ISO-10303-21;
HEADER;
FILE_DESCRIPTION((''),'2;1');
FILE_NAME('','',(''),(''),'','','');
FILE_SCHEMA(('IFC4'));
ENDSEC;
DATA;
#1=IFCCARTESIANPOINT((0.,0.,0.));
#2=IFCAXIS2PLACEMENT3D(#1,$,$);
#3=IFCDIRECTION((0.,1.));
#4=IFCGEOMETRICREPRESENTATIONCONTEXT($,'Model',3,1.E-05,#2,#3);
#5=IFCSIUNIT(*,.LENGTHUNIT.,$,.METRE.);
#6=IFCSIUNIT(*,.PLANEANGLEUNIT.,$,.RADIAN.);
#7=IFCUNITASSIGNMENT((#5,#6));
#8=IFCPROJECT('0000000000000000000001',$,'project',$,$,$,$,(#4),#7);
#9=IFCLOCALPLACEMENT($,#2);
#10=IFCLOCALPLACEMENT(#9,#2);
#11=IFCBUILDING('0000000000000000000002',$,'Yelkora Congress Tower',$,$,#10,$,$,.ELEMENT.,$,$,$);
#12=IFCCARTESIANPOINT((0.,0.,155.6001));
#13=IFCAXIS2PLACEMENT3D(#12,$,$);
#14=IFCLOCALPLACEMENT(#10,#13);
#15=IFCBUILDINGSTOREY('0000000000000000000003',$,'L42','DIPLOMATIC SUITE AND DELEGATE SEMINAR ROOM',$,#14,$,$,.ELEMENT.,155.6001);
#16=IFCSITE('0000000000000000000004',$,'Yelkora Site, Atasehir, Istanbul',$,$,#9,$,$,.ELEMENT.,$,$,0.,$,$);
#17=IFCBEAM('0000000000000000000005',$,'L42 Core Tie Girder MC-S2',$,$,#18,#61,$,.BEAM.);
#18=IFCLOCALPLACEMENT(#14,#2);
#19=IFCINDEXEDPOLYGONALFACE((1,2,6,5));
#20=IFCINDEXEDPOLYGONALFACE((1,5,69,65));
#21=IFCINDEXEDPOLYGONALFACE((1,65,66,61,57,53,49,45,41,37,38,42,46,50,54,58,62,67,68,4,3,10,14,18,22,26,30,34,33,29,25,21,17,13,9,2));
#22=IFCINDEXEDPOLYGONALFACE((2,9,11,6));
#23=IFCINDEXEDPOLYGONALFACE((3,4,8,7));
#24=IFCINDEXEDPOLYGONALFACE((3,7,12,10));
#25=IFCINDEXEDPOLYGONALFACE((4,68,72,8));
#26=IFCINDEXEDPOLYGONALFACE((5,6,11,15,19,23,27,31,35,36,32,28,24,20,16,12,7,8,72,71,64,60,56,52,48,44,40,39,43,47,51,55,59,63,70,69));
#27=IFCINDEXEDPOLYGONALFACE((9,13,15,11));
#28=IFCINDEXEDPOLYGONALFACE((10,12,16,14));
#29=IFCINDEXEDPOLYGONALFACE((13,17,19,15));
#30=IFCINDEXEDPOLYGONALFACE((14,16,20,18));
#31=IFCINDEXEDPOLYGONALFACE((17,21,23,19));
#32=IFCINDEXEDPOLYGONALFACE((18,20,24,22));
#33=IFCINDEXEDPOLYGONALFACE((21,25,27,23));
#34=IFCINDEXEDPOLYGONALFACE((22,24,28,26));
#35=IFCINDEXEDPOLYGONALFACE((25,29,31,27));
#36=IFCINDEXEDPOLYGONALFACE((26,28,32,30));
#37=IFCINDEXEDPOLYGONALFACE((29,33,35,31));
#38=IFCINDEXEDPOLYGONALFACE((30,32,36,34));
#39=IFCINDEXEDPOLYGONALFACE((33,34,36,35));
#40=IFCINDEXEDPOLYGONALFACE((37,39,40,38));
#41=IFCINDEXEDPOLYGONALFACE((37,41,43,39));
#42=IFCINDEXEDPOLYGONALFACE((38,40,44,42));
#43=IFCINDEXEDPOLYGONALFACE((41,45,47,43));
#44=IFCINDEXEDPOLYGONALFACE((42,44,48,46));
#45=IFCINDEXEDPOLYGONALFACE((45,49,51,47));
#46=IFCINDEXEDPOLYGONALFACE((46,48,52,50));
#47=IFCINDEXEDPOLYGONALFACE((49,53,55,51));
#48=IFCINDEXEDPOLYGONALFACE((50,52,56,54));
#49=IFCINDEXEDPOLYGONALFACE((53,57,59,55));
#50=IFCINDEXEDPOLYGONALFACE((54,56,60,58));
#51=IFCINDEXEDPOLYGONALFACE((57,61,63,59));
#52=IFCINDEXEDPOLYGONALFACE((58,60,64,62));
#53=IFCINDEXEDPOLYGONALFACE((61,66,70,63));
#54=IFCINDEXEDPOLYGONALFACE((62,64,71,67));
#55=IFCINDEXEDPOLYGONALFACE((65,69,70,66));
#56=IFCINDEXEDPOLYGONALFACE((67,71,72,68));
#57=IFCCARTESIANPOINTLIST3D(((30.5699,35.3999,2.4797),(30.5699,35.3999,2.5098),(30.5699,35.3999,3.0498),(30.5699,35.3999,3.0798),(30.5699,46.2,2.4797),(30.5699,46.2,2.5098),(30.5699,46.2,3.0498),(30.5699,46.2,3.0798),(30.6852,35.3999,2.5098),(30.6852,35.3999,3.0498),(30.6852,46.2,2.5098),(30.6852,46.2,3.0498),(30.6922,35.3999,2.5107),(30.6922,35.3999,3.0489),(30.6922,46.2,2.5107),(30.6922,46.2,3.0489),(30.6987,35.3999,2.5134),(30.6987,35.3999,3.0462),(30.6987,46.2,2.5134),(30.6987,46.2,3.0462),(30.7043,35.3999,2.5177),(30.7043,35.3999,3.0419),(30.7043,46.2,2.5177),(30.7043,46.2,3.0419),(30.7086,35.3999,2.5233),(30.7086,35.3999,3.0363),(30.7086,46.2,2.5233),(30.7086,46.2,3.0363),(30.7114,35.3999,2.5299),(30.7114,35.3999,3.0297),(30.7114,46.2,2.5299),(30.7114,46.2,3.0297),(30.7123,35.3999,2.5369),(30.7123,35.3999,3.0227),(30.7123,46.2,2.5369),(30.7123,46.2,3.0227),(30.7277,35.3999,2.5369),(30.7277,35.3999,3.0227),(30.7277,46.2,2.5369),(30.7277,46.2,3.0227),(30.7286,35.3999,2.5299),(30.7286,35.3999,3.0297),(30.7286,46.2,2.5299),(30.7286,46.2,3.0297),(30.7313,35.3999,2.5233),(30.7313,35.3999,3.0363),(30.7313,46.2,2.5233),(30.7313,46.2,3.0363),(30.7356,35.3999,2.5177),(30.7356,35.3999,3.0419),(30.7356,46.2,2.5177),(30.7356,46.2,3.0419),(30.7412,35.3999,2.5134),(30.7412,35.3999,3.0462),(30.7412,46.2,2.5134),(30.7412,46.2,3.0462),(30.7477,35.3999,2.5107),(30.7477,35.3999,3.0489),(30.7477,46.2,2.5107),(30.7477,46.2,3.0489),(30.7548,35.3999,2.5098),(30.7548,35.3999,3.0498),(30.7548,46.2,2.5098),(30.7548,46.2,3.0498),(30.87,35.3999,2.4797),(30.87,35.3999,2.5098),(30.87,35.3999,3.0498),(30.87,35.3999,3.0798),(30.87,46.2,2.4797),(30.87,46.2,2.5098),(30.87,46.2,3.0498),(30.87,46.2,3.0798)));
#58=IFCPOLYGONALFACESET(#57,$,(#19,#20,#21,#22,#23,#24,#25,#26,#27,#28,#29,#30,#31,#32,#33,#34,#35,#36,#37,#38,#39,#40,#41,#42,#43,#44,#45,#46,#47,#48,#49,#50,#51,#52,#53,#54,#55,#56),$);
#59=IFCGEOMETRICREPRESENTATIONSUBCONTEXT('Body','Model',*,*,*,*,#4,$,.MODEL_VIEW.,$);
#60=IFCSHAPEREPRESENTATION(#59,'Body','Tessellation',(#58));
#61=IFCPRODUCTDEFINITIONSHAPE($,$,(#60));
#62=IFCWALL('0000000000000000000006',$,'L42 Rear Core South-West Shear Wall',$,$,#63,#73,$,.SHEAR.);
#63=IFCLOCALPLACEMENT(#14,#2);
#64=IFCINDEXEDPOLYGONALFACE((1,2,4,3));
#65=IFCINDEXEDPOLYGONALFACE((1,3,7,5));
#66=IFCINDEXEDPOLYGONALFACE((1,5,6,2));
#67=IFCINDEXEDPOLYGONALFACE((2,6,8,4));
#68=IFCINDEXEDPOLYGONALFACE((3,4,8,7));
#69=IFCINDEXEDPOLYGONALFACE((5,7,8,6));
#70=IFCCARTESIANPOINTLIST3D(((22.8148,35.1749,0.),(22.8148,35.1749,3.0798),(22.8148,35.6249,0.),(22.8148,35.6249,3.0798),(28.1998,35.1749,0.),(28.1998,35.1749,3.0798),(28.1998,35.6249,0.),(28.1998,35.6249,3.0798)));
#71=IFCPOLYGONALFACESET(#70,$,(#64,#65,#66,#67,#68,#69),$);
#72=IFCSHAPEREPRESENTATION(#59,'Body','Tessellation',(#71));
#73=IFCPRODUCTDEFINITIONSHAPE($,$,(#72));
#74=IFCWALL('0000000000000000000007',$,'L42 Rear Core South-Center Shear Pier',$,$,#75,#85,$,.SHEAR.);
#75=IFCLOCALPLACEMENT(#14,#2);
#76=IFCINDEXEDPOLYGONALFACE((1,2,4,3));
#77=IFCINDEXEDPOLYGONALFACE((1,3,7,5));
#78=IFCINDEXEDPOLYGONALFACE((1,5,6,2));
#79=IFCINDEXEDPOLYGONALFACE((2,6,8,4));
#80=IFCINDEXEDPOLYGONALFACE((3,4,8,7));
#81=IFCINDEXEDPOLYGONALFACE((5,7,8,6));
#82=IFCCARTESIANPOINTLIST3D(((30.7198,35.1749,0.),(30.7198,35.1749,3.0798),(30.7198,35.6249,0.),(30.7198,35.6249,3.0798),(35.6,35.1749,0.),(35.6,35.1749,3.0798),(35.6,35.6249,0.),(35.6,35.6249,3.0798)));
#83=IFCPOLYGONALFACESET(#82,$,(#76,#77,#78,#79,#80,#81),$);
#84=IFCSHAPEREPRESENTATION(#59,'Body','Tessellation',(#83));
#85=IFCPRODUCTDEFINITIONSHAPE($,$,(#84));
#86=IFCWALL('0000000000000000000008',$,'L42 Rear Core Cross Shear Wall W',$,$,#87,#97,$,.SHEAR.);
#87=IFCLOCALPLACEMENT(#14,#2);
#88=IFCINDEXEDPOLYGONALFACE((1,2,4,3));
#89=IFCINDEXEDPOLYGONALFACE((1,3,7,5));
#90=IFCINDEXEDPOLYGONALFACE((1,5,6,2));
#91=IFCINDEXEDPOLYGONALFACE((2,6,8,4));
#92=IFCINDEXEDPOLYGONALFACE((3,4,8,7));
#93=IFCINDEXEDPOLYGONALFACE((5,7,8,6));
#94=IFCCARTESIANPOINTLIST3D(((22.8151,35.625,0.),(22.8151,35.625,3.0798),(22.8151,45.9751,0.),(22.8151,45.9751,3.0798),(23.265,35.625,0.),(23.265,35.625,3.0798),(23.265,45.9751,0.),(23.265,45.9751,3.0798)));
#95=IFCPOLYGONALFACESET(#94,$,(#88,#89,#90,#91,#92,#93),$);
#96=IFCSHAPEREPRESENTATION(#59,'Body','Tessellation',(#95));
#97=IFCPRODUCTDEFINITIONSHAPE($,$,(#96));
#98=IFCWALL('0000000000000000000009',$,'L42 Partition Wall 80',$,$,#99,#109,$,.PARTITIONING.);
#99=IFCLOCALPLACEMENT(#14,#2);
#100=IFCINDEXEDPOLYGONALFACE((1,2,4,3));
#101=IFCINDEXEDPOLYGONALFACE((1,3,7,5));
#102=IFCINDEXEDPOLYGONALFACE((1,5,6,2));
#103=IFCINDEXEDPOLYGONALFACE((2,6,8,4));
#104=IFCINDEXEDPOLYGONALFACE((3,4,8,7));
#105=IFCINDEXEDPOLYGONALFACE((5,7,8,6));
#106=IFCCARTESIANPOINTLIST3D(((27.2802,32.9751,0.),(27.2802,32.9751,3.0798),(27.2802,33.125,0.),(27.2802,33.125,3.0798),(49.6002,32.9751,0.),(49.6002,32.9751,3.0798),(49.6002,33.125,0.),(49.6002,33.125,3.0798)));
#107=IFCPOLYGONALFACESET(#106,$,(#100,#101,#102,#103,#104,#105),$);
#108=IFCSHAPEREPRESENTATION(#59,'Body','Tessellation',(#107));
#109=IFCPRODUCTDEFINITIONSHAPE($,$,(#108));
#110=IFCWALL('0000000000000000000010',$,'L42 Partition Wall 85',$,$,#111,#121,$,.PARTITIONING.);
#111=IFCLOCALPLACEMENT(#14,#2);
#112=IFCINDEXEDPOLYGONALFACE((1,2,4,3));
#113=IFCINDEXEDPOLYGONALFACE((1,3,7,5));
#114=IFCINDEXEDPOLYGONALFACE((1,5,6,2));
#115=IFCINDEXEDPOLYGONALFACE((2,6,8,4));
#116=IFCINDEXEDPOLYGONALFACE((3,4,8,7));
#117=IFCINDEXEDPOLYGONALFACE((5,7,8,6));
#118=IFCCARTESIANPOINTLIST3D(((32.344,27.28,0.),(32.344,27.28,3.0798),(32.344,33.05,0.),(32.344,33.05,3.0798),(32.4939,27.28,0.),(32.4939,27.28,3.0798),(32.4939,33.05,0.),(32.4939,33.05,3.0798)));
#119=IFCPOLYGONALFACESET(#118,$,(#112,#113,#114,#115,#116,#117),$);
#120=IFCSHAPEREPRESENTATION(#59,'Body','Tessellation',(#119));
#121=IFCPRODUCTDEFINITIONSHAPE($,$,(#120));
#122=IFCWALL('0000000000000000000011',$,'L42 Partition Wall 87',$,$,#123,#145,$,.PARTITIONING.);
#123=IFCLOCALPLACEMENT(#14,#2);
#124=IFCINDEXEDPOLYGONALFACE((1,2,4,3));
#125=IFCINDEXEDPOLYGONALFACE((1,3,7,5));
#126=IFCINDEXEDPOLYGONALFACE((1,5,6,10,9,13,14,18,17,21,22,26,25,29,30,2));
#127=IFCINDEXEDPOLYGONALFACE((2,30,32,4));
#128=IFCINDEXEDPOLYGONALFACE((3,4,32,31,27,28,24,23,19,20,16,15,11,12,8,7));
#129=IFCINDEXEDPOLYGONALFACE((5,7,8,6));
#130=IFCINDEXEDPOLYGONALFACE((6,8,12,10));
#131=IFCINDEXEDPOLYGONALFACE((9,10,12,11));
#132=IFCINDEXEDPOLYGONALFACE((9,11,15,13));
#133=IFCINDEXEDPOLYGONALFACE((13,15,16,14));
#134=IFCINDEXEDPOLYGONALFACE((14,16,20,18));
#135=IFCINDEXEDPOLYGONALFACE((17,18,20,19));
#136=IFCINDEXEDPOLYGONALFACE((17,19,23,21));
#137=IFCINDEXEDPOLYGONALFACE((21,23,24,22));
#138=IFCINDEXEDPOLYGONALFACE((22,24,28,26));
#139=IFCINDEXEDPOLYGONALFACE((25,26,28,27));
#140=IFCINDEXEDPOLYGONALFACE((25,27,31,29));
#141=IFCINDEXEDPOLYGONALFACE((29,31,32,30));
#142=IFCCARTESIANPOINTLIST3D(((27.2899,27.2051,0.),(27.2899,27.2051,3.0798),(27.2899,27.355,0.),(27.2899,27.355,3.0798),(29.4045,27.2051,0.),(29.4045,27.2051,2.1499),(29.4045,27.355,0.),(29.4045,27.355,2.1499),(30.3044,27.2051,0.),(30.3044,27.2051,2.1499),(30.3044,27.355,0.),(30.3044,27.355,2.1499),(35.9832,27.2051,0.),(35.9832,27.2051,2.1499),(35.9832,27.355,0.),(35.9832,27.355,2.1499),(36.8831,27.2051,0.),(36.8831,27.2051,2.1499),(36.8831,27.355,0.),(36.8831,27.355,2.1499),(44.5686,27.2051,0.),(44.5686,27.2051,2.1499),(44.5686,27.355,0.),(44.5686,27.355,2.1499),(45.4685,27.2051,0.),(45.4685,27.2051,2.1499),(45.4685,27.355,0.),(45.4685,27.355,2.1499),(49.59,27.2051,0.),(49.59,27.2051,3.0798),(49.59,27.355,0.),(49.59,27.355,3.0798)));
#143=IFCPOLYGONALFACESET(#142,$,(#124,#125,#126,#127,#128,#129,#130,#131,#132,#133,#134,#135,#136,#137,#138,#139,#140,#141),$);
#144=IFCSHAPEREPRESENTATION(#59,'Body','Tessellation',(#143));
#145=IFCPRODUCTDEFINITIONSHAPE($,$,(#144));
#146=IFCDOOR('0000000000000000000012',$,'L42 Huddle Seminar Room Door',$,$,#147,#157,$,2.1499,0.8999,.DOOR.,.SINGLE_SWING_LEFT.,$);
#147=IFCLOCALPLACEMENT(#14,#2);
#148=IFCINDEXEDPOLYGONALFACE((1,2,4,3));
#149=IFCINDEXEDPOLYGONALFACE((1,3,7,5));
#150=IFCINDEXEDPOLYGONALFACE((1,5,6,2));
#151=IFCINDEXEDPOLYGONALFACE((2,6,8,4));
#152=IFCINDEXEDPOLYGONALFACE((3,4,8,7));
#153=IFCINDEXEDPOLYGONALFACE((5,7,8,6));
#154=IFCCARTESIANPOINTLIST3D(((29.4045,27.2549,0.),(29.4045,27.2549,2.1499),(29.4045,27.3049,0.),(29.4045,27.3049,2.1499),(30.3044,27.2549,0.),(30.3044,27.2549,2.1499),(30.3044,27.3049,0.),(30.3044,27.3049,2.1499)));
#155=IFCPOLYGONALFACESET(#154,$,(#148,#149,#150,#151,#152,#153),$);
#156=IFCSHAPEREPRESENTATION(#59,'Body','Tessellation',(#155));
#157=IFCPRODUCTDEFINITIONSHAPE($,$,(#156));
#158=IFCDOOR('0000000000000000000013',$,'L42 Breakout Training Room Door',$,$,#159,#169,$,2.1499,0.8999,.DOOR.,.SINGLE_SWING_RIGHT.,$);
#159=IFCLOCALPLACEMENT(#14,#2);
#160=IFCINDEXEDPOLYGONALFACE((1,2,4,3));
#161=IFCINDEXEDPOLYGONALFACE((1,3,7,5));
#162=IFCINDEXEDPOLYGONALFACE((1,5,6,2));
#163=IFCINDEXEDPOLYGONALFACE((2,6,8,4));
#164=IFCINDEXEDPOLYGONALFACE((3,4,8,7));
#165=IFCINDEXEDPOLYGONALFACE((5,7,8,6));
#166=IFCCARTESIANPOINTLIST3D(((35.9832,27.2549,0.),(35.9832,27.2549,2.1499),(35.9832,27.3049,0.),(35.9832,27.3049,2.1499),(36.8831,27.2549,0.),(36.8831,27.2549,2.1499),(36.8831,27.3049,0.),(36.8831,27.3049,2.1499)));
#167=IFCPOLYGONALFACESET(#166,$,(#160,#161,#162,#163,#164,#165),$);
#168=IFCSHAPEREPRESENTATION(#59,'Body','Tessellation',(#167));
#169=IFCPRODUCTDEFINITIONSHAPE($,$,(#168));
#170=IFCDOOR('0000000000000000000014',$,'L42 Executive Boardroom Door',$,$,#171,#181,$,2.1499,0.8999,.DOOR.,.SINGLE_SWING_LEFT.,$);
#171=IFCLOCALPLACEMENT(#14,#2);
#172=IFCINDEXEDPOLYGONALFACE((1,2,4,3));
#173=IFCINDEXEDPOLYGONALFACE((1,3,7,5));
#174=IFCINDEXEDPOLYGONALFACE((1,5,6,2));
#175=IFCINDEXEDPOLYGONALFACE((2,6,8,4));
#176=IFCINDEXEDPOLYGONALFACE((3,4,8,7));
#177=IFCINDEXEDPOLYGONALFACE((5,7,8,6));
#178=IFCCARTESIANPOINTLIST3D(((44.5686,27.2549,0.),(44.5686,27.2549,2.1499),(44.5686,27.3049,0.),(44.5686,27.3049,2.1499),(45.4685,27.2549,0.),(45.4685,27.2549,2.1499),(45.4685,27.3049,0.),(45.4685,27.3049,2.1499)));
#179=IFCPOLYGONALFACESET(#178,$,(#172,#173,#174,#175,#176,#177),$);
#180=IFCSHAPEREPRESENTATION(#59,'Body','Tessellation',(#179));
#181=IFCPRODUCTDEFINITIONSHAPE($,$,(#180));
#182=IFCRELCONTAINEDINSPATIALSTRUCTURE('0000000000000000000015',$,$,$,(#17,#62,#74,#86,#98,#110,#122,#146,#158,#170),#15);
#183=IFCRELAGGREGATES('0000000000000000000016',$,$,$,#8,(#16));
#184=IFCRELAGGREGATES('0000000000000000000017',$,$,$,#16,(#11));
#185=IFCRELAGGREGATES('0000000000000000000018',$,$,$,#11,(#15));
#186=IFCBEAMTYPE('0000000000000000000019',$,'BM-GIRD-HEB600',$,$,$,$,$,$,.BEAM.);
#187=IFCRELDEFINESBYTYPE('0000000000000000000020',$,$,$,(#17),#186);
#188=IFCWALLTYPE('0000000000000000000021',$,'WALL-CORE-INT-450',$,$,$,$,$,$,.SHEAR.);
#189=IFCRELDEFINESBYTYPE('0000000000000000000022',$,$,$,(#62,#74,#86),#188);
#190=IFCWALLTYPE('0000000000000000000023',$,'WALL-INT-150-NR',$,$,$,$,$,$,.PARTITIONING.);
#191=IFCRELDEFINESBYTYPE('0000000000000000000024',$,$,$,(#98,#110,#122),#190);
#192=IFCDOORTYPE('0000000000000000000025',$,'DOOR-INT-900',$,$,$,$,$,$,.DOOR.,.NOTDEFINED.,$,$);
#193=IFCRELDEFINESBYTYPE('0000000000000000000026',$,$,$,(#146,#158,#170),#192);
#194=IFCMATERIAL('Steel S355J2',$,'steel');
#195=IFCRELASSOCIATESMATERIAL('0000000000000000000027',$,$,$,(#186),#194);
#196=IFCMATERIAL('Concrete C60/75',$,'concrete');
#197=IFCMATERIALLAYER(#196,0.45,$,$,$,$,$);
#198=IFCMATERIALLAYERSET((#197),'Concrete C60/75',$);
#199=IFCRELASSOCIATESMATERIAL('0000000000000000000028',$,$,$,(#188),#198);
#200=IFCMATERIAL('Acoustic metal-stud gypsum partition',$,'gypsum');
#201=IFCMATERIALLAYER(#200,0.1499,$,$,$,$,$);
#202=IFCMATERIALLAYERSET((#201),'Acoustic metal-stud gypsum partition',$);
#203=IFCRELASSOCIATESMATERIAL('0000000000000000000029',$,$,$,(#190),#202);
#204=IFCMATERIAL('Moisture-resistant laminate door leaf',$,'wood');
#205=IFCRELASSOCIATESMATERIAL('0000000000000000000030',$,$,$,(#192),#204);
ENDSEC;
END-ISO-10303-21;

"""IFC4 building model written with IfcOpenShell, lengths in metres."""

from ifc_helpers import new_model, si_unit, direction, frame, frame_2d, origin, origin_2d, place, context, subcontext, project, spatial, rectangle, i_section, extrude, material, layer, layer_set, material_profile, profile_set, type_object, element, fill, save


model = new_model("IFC4")

# Units and contexts
model_context = context("Model", 3, precision=1e-05, world=origin(), true_north=direction((0.0, 1.0)))
body_context = subcontext(model_context, "Body", "Model", "MODEL_VIEW")
ifc_project = project(units=[si_unit("LENGTHUNIT", "METRE"), si_unit("PLANEANGLEUNIT", "RADIAN")], contexts=[model_context])

# Site, building, storey
site_placement = place(None, origin())
site = spatial("IfcSite", under=ifc_project, at=site_placement, Name="Yelkora Site, Atasehir, Istanbul", CompositionType="ELEMENT", RefElevation=0.0)
building_placement = place(site_placement, origin())
building = spatial("IfcBuilding", under=site, at=building_placement, Name="Yelkora Congress Tower", CompositionType="ELEMENT")
storey_placement = place(building_placement, frame((0.0, 0.0, 155.6001)))
storey = spatial("IfcBuildingStorey", under=building, at=storey_placement, Name="L42", Description="DIPLOMATIC SUITE AND DELEGATE SEMINAR ROOM", CompositionType="ELEMENT", Elevation=155.6001)

# Beam
ifc_material_1 = material(Name="Steel S355J2", Category="steel")
ifc_material_profile_1 = material_profile(ifc_material_1, i_section(OverallWidth=0.3, OverallDepth=0.6001, WebThickness=0.0154, FlangeThickness=0.03, FilletRadius=0.0271, at=origin_2d()), Name="HEB 600")
ifc_profile_set_1 = profile_set([ifc_material_profile_1], Name="Steel S355J2")
beam_type = type_object("IfcBeamType", Name="BM-GIRD-HEB600", PredefinedType="BEAM", material=ifc_profile_set_1)
beam_placement = place(storey_placement, frame((30.72, 35.3999, 2.7798), z_axis=(0.0, 1.0, 0.0), x_axis=(-1.0, 0.0, 0.0)))
element("IfcBeam", 1, at=beam_placement, inside=storey, type_object=beam_type, Name="L42 Core Tie Girder MC-S2", PredefinedType="BEAM", context=body_context, shape_type="SweptSolid", body=[
    extrude(i_section(OverallWidth=0.3, OverallDepth=0.6001, WebThickness=0.0154, FlangeThickness=0.03, FilletRadius=0.0271, at=origin_2d()), origin(), (0.0, 0.0, 1.0), 10.8),
])

# Walls
ifc_material_2 = material(Name="Concrete C60/75", Category="concrete")
ifc_layer_1 = layer(ifc_material_2, 0.45)
ifc_layer_set_1 = layer_set([ifc_layer_1], Name="Concrete C60/75")
wall_type_1 = type_object("IfcWallType", Name="WALL-CORE-INT-450", PredefinedType="SHEAR", material=ifc_layer_set_1)
wall_1_placement = place(storey_placement, frame((22.8149, 35.3999, 0.0), z_axis=(0.0, 0.0, 1.0), x_axis=(1.0, 0.0, 0.0)))
element("IfcWall", 2, at=wall_1_placement, inside=storey, type_object=wall_type_1, Name="L42 Rear Core South-West Shear Wall", PredefinedType="SHEAR", context=body_context, shape_type="SweptSolid", body=[
    extrude(rectangle(XDim=5.385, YDim=0.45, at=frame_2d((2.6924, 0.0))), origin(), (0.0, 0.0, 1.0), 3.0798),
])
wall_2_placement = place(storey_placement, frame((30.72, 35.3999, 0.0), z_axis=(0.0, 0.0, 1.0), x_axis=(1.0, 0.0, 0.0)))
element("IfcWall", 3, at=wall_2_placement, inside=storey, type_object=wall_type_1, Name="L42 Rear Core South-Center Shear Pier", PredefinedType="SHEAR", context=body_context, shape_type="SweptSolid", body=[
    extrude(rectangle(XDim=4.8801, YDim=0.45, at=frame_2d((2.4399, 0.0))), origin(), (0.0, 0.0, 1.0), 3.0798),
])
wall_3_placement = place(storey_placement, frame((23.04, 35.625, 0.0), z_axis=(0.0, 0.0, 1.0), x_axis=(0.0, 1.0, 0.0)))
element("IfcWall", 4, at=wall_3_placement, inside=storey, type_object=wall_type_1, Name="L42 Rear Core Cross Shear Wall W", PredefinedType="SHEAR", context=body_context, shape_type="SweptSolid", body=[
    extrude(rectangle(XDim=10.3501, YDim=0.45, at=frame_2d((5.175, 0.0))), origin(), (0.0, 0.0, 1.0), 3.0798),
])

# Walls
ifc_material_3 = material(Name="Acoustic metal-stud gypsum partition", Category="gypsum")
ifc_layer_2 = layer(ifc_material_3, 0.1499)
ifc_layer_set_2 = layer_set([ifc_layer_2], Name="Acoustic metal-stud gypsum partition")
wall_type_2 = type_object("IfcWallType", Name="WALL-INT-150-NR", PredefinedType="PARTITIONING", material=ifc_layer_set_2)
wall_4_placement = place(storey_placement, frame((27.28, 33.05, 0.0), z_axis=(0.0, 0.0, 1.0), x_axis=(1.0, 0.0, 0.0)))
element("IfcWall", 5, at=wall_4_placement, inside=storey, type_object=wall_type_2, Name="L42 Partition Wall 80", PredefinedType="PARTITIONING", context=body_context, shape_type="SweptSolid", body=[
    extrude(rectangle(XDim=22.3201, YDim=0.1499, at=frame_2d((11.1602, 0.0))), origin(), (0.0, 0.0, 1.0), 3.0798),
])
wall_5_placement = place(storey_placement, frame((32.4189, 27.28, 0.0), z_axis=(0.0, 0.0, 1.0), x_axis=(0.0, 1.0, 0.0)))
element("IfcWall", 6, at=wall_5_placement, inside=storey, type_object=wall_type_2, Name="L42 Partition Wall 85", PredefinedType="PARTITIONING", context=body_context, shape_type="SweptSolid", body=[
    extrude(rectangle(XDim=5.77, YDim=0.1499, at=frame_2d((2.885, 0.0))), origin(), (0.0, 0.0, 1.0), 3.0798),
])

# Wall, openings, doors
wall_6_placement = place(storey_placement, frame((27.29, 27.28, 0.0), z_axis=(0.0, 0.0, 1.0), x_axis=(1.0, 0.0, 0.0)))
wall_6 = element("IfcWall", 7, at=wall_6_placement, inside=storey, type_object=wall_type_2, Name="L42 Partition Wall 87", PredefinedType="PARTITIONING", context=body_context, shape_type="SweptSolid", body=[
    extrude(rectangle(XDim=22.3, YDim=0.1499, at=frame_2d((11.1499, 0.0))), origin(), (0.0, 0.0, 1.0), 3.0798),
])
opening_1_placement = place(wall_6_placement, frame((2.1145, 0.0, 0.0)))
opening_1 = element("IfcOpeningElement", 8, at=opening_1_placement, cuts=wall_6, PredefinedType="OPENING", context=body_context, shape_type="SweptSolid", body=[
    extrude(rectangle(XDim=0.8999, YDim=2.1499, at=frame_2d((0.45, 1.075))), frame((0.0, 0.085, 0.0), z_axis=(0.0, -1.0, 0.0), x_axis=(1.0, 0.0, 0.0)), (0.0, 0.0, 1.0), 0.1699),
])
opening_2_placement = place(wall_6_placement, frame((8.6931, 0.0, 0.0)))
opening_2 = element("IfcOpeningElement", 9, at=opening_2_placement, cuts=wall_6, PredefinedType="OPENING", context=body_context, shape_type="SweptSolid", body=[
    extrude(rectangle(XDim=0.8999, YDim=2.1499, at=frame_2d((0.45, 1.075))), frame((0.0, 0.085, 0.0), z_axis=(0.0, -1.0, 0.0), x_axis=(1.0, 0.0, 0.0)), (0.0, 0.0, 1.0), 0.1699),
])
opening_3_placement = place(wall_6_placement, frame((17.2786, 0.0, 0.0)))
opening_3 = element("IfcOpeningElement", 10, at=opening_3_placement, cuts=wall_6, PredefinedType="OPENING", context=body_context, shape_type="SweptSolid", body=[
    extrude(rectangle(XDim=0.8999, YDim=2.1499, at=frame_2d((0.45, 1.075))), frame((0.0, 0.085, 0.0), z_axis=(0.0, -1.0, 0.0), x_axis=(1.0, 0.0, 0.0)), (0.0, 0.0, 1.0), 0.1699),
])
ifc_material_4 = material(Name="Moisture-resistant laminate door leaf", Category="wood")
door_type_1 = type_object("IfcDoorType", Name="DOOR-INT-900", OperationType="NOTDEFINED", PredefinedType="DOOR", material=ifc_material_4)
door_1_placement = place(opening_1_placement, origin())
door_1 = element("IfcDoor", 11, at=door_1_placement, inside=storey, type_object=door_type_1, Name="L42 Huddle Seminar Room Door", OperationType="SINGLE_SWING_LEFT", OverallHeight=2.1499, OverallWidth=0.8999, PredefinedType="DOOR", context=body_context, shape_type="SweptSolid", body=[
    extrude(rectangle(XDim=0.8999, YDim=2.1499, at=frame_2d((0.45, 1.075))), frame((0.0, 0.0249, 0.0), z_axis=(0.0, -1.0, 0.0), x_axis=(1.0, 0.0, 0.0)), (0.0, 0.0, 1.0), 0.05),
])
fill(opening_1, door_1)
door_2_placement = place(opening_2_placement, origin())
door_2 = element("IfcDoor", 12, at=door_2_placement, inside=storey, type_object=door_type_1, Name="L42 Breakout Training Room Door", OperationType="SINGLE_SWING_RIGHT", OverallHeight=2.1499, OverallWidth=0.8999, PredefinedType="DOOR", context=body_context, shape_type="SweptSolid", body=[
    extrude(rectangle(XDim=0.8999, YDim=2.1499, at=frame_2d((0.45, 1.075))), frame((0.0, 0.0249, 0.0), z_axis=(0.0, -1.0, 0.0), x_axis=(1.0, 0.0, 0.0)), (0.0, 0.0, 1.0), 0.05),
])
fill(opening_2, door_2)
door_3_placement = place(opening_3_placement, origin())
door_3 = element("IfcDoor", 13, at=door_3_placement, inside=storey, type_object=door_type_1, Name="L42 Executive Boardroom Door", OperationType="SINGLE_SWING_LEFT", OverallHeight=2.1499, OverallWidth=0.8999, PredefinedType="DOOR", context=body_context, shape_type="SweptSolid", body=[
    extrude(rectangle(XDim=0.8999, YDim=2.1499, at=frame_2d((0.45, 1.075))), frame((0.0, 0.0249, 0.0), z_axis=(0.0, -1.0, 0.0), x_axis=(1.0, 0.0, 0.0)), (0.0, 0.0, 1.0), 0.05),
])
fill(opening_3, door_3)

save(model, "model.ifc")
